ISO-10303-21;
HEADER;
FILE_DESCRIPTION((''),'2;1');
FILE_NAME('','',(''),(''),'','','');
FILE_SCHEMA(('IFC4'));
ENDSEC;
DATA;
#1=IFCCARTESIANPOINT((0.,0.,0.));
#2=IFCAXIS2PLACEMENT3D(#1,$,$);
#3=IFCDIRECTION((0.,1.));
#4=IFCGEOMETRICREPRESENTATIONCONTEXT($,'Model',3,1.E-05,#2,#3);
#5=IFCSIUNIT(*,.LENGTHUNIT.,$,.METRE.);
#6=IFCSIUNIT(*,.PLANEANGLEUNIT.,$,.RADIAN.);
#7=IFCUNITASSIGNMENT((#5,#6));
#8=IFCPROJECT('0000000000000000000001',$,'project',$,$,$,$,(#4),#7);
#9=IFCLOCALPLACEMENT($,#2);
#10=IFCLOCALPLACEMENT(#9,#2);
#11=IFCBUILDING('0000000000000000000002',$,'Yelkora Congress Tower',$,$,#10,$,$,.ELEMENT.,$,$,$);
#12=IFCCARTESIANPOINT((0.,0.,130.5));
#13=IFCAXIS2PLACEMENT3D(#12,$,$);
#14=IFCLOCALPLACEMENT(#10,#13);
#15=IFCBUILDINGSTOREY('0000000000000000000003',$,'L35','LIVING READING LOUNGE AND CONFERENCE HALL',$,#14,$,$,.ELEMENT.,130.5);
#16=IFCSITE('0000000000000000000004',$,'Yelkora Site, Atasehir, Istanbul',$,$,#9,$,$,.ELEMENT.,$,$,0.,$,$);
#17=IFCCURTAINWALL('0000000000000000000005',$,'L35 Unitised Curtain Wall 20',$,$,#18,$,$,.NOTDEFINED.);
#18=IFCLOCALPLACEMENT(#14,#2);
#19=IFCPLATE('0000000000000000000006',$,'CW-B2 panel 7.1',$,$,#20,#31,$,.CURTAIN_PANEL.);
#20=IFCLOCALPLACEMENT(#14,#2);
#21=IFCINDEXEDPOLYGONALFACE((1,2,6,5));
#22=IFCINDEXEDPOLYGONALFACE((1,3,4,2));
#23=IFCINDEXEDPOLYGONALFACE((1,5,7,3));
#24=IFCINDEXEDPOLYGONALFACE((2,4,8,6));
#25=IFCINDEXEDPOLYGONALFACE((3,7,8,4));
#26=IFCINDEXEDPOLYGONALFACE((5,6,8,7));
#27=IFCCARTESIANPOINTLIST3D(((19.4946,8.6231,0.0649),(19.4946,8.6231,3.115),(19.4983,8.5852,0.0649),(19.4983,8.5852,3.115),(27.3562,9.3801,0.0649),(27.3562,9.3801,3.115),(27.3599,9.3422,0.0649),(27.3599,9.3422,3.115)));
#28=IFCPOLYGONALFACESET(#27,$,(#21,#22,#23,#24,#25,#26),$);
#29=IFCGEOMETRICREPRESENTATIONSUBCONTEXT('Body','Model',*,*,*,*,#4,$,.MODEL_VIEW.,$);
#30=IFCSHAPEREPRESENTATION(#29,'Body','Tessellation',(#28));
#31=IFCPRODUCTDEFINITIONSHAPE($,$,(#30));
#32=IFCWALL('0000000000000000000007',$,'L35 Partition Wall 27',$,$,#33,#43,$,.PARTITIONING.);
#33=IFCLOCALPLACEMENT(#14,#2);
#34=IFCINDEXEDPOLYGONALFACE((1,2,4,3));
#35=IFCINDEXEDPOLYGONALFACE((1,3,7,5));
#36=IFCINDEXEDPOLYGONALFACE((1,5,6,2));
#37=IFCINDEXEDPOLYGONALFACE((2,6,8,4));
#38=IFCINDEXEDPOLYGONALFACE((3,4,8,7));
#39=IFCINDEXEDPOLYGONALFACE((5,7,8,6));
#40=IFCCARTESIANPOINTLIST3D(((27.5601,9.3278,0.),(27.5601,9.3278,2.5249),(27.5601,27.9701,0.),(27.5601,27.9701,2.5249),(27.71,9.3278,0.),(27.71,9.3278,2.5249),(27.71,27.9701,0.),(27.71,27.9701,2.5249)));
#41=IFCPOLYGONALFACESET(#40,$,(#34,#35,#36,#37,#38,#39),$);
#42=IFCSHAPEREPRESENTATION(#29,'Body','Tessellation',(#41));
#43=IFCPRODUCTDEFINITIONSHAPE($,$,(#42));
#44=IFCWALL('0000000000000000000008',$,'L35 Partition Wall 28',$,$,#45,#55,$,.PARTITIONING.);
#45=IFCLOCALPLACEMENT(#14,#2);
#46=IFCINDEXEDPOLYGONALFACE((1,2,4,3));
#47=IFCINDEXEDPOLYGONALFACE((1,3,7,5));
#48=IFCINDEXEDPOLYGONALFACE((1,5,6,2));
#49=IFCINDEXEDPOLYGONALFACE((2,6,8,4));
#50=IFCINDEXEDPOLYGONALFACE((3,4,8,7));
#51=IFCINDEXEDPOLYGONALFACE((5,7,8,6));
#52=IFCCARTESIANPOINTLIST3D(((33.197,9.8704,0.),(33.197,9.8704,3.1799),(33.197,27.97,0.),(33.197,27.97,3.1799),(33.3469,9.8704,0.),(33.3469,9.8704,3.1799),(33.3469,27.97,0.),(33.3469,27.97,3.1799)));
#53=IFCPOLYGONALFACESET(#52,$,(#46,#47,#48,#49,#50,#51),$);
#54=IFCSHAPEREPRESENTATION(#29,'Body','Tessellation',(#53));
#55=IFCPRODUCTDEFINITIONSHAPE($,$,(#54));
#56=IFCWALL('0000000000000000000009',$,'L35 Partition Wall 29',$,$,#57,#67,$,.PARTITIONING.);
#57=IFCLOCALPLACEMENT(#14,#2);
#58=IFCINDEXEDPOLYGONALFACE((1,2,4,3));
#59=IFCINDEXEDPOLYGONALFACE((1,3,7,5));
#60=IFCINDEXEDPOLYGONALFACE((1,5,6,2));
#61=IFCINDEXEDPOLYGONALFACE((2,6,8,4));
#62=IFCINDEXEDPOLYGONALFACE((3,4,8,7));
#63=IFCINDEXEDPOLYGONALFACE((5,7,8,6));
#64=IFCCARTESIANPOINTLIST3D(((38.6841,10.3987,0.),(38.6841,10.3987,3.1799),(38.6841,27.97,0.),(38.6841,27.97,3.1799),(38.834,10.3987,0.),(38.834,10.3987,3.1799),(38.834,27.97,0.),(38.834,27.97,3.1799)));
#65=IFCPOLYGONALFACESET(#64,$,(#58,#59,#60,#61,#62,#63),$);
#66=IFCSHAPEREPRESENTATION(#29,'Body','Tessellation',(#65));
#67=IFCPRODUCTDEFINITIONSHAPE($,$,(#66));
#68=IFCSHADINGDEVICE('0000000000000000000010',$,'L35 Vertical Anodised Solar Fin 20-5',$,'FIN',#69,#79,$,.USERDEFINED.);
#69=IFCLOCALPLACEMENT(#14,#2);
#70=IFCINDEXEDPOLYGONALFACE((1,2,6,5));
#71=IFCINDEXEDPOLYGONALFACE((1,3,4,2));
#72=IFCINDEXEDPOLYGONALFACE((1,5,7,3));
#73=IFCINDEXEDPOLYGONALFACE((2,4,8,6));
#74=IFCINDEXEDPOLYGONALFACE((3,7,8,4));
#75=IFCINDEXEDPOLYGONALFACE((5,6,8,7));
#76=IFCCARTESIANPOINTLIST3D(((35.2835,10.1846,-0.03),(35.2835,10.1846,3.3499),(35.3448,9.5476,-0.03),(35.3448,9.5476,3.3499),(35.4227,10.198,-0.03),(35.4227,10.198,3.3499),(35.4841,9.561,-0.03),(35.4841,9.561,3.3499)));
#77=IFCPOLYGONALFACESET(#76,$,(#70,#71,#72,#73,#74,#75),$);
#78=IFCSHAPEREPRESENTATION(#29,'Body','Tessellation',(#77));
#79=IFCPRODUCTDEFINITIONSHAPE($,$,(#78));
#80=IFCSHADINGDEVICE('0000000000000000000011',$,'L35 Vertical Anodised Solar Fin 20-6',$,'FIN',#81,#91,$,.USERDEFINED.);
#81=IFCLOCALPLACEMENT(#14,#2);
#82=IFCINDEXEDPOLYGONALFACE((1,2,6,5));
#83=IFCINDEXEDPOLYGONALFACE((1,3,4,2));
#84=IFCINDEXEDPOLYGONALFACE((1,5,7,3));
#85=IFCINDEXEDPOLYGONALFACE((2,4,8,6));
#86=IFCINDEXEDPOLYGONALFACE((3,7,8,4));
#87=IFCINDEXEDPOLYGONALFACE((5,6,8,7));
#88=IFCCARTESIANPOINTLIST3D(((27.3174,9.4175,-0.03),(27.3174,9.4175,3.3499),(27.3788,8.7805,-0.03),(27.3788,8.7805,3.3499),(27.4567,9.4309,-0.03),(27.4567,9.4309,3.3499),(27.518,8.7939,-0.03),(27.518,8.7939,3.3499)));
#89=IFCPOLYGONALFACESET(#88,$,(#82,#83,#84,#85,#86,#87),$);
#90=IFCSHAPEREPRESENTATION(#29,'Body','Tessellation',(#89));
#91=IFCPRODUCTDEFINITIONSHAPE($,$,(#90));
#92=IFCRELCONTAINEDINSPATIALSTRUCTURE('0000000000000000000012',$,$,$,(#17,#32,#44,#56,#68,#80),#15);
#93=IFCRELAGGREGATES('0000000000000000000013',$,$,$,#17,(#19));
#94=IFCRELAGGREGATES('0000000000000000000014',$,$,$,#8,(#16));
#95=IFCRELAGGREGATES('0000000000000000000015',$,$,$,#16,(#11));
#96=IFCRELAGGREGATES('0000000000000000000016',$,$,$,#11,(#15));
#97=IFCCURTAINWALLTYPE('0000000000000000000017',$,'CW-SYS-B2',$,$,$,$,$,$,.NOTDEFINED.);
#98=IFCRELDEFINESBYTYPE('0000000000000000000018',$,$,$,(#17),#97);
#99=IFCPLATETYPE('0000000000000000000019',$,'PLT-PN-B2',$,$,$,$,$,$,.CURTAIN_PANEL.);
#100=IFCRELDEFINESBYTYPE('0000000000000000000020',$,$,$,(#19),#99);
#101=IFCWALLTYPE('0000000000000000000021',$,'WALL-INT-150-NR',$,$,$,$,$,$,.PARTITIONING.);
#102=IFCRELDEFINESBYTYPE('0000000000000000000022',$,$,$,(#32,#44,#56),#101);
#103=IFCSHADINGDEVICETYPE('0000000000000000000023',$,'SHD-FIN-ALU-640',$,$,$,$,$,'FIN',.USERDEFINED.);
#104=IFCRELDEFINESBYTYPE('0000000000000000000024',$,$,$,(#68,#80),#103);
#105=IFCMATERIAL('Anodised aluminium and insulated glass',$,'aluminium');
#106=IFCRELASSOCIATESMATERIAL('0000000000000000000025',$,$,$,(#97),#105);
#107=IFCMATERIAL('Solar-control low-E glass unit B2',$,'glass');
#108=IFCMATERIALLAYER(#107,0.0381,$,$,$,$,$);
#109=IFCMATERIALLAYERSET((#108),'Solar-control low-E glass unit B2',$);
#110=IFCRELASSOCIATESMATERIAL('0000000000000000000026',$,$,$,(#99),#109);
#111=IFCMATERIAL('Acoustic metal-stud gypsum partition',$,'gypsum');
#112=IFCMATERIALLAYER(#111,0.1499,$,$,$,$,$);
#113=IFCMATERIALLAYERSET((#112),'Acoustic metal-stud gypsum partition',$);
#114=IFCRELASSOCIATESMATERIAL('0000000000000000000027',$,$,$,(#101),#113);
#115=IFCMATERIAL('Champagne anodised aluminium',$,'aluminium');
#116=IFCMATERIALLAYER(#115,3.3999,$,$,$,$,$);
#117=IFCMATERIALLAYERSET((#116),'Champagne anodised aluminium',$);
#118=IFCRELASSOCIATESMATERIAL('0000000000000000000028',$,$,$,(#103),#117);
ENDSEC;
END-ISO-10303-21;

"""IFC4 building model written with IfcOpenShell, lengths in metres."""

from ifc_helpers import new_model, si_unit, direction, frame, frame_2d, origin, origin_2d, place, context, subcontext, project, spatial, rectangle, extrude, material, layer, layer_set, type_object, element, aggregate, save


model = new_model("IFC4")

# Units and contexts
model_context = context("Model", 3, precision=1e-05, world=origin(), true_north=direction((0.0, 1.0)))
body_context = subcontext(model_context, "Body", "Model", "MODEL_VIEW")
ifc_project = project(units=[si_unit("LENGTHUNIT", "METRE"), si_unit("PLANEANGLEUNIT", "RADIAN")], contexts=[model_context])

# Site, building, storey
site_placement = place(None, origin())
site = spatial("IfcSite", under=ifc_project, at=site_placement, Name="Yelkora Site, Atasehir, Istanbul", CompositionType="ELEMENT", RefElevation=0.0)
building_placement = place(site_placement, origin())
building = spatial("IfcBuilding", under=site, at=building_placement, Name="Yelkora Congress Tower", CompositionType="ELEMENT")
storey_placement = place(building_placement, frame((0.0, 0.0, 130.5)))
storey = spatial("IfcBuildingStorey", under=building, at=storey_placement, Name="L35", Description="LIVING READING LOUNGE AND CONFERENCE HALL", CompositionType="ELEMENT", Elevation=130.5)

# Curtain wall, plate
ifc_material_1 = material(Name="Anodised aluminium and insulated glass", Category="aluminium")
curtain_wall_type = type_object("IfcCurtainWallType", Name="CW-SYS-B2", PredefinedType="NOTDEFINED", material=ifc_material_1)
curtain_wall_placement = place(storey_placement, origin())
curtain_wall = element("IfcCurtainWall", 1, at=curtain_wall_placement, inside=storey, type_object=curtain_wall_type, Name="L35 Unitised Curtain Wall 20", PredefinedType="NOTDEFINED")
ifc_material_2 = material(Name="Solar-control low-E glass unit B2", Category="glass")
ifc_layer_1 = layer(ifc_material_2, 0.0381)
ifc_layer_set_1 = layer_set([ifc_layer_1], Name="Solar-control low-E glass unit B2")
plate_type = type_object("IfcPlateType", Name="PLT-PN-B2", PredefinedType="CURTAIN_PANEL", material=ifc_layer_set_1)
plate_1_placement = place(storey_placement, frame((23.4272, 8.9827, 0.0649), z_axis=(0.0, 0.0, 1.0), x_axis=(-0.995396, -0.095844, 0.0)))
plate_1 = element("IfcPlate", 2, at=plate_1_placement, type_object=plate_type, Name="CW-B2 panel 7.1", PredefinedType="CURTAIN_PANEL", context=body_context, shape_type="SweptSolid", body=[
    extrude(rectangle(XDim=7.8979, YDim=0.0381, at=origin_2d()), origin(), (0.0, 0.0, 1.0), 3.05),
])
aggregate(curtain_wall, [plate_1])

# Walls
ifc_material_3 = material(Name="Acoustic metal-stud gypsum partition", Category="gypsum")
ifc_layer_2 = layer(ifc_material_3, 0.1499)
ifc_layer_set_2 = layer_set([ifc_layer_2], Name="Acoustic metal-stud gypsum partition")
wall_type = type_object("IfcWallType", Name="WALL-INT-150-NR", PredefinedType="PARTITIONING", material=ifc_layer_set_2)
wall_1_placement = place(storey_placement, frame((27.635, 9.3276, 0.0), z_axis=(0.0, 0.0, 1.0), x_axis=(0.0, 1.0, 0.0)))
element("IfcWall", 3, at=wall_1_placement, inside=storey, type_object=wall_type, Name="L35 Partition Wall 27", PredefinedType="PARTITIONING", context=body_context, shape_type="SweptSolid", body=[
    extrude(rectangle(XDim=18.6423, YDim=0.1499, at=frame_2d((9.3213, 0.0))), origin(), (0.0, 0.0, 1.0), 2.5249),
])
wall_2_placement = place(storey_placement, frame((33.272, 9.8704, 0.0), z_axis=(0.0, 0.0, 1.0), x_axis=(0.0, 1.0, 0.0)))
element("IfcWall", 4, at=wall_2_placement, inside=storey, type_object=wall_type, Name="L35 Partition Wall 28", PredefinedType="PARTITIONING", context=body_context, shape_type="SweptSolid", body=[
    extrude(rectangle(XDim=18.0996, YDim=0.1499, at=frame_2d((9.0498, 0.0))), origin(), (0.0, 0.0, 1.0), 3.1799),
])
wall_3_placement = place(storey_placement, frame((38.759, 10.3987, 0.0), z_axis=(0.0, 0.0, 1.0), x_axis=(0.0, 1.0, 0.0)))
element("IfcWall", 5, at=wall_3_placement, inside=storey, type_object=wall_type, Name="L35 Partition Wall 29", PredefinedType="PARTITIONING", context=body_context, shape_type="SweptSolid", body=[
    extrude(rectangle(XDim=17.5713, YDim=0.1499, at=frame_2d((8.7856, 0.0))), origin(), (0.0, 0.0, 1.0), 3.1799),
])

# Shading devices
ifc_material_4 = material(Name="Champagne anodised aluminium", Category="aluminium")
ifc_layer_3 = layer(ifc_material_4, 3.3999)
ifc_layer_set_3 = layer_set([ifc_layer_3], Name="Champagne anodised aluminium")
shading_device_type = type_object("IfcShadingDeviceType", Name="SHD-FIN-ALU-640", ElementType="FIN", PredefinedType="USERDEFINED", material=ifc_layer_set_3)
for number, where, z_axis, x_axis, name in (
    (6, (35.3838, 9.8728, -0.03), (0.0, 0.0, 1.0), (-0.995396, -0.095846, 0.0), "L35 Vertical Anodised Solar Fin 20-5"),
    (7, (27.4177, 9.1057, -0.03), (0.0, 0.0, 1.0), (-0.995396, -0.095846, 0.0), "L35 Vertical Anodised Solar Fin 20-6"),
):
    element("IfcShadingDevice", number, at=place(storey_placement, frame(where, z_axis=z_axis, x_axis=x_axis)), inside=storey, type_object=shading_device_type, Name=name, ObjectType="FIN", PredefinedType="USERDEFINED", context=body_context, shape_type="SweptSolid", body=[
        extrude(rectangle(XDim=0.1399, YDim=0.6399, at=origin_2d()), origin(), (0.0, 0.0, 1.0), 3.3799),
    ])

save(model, "model.ifc")
